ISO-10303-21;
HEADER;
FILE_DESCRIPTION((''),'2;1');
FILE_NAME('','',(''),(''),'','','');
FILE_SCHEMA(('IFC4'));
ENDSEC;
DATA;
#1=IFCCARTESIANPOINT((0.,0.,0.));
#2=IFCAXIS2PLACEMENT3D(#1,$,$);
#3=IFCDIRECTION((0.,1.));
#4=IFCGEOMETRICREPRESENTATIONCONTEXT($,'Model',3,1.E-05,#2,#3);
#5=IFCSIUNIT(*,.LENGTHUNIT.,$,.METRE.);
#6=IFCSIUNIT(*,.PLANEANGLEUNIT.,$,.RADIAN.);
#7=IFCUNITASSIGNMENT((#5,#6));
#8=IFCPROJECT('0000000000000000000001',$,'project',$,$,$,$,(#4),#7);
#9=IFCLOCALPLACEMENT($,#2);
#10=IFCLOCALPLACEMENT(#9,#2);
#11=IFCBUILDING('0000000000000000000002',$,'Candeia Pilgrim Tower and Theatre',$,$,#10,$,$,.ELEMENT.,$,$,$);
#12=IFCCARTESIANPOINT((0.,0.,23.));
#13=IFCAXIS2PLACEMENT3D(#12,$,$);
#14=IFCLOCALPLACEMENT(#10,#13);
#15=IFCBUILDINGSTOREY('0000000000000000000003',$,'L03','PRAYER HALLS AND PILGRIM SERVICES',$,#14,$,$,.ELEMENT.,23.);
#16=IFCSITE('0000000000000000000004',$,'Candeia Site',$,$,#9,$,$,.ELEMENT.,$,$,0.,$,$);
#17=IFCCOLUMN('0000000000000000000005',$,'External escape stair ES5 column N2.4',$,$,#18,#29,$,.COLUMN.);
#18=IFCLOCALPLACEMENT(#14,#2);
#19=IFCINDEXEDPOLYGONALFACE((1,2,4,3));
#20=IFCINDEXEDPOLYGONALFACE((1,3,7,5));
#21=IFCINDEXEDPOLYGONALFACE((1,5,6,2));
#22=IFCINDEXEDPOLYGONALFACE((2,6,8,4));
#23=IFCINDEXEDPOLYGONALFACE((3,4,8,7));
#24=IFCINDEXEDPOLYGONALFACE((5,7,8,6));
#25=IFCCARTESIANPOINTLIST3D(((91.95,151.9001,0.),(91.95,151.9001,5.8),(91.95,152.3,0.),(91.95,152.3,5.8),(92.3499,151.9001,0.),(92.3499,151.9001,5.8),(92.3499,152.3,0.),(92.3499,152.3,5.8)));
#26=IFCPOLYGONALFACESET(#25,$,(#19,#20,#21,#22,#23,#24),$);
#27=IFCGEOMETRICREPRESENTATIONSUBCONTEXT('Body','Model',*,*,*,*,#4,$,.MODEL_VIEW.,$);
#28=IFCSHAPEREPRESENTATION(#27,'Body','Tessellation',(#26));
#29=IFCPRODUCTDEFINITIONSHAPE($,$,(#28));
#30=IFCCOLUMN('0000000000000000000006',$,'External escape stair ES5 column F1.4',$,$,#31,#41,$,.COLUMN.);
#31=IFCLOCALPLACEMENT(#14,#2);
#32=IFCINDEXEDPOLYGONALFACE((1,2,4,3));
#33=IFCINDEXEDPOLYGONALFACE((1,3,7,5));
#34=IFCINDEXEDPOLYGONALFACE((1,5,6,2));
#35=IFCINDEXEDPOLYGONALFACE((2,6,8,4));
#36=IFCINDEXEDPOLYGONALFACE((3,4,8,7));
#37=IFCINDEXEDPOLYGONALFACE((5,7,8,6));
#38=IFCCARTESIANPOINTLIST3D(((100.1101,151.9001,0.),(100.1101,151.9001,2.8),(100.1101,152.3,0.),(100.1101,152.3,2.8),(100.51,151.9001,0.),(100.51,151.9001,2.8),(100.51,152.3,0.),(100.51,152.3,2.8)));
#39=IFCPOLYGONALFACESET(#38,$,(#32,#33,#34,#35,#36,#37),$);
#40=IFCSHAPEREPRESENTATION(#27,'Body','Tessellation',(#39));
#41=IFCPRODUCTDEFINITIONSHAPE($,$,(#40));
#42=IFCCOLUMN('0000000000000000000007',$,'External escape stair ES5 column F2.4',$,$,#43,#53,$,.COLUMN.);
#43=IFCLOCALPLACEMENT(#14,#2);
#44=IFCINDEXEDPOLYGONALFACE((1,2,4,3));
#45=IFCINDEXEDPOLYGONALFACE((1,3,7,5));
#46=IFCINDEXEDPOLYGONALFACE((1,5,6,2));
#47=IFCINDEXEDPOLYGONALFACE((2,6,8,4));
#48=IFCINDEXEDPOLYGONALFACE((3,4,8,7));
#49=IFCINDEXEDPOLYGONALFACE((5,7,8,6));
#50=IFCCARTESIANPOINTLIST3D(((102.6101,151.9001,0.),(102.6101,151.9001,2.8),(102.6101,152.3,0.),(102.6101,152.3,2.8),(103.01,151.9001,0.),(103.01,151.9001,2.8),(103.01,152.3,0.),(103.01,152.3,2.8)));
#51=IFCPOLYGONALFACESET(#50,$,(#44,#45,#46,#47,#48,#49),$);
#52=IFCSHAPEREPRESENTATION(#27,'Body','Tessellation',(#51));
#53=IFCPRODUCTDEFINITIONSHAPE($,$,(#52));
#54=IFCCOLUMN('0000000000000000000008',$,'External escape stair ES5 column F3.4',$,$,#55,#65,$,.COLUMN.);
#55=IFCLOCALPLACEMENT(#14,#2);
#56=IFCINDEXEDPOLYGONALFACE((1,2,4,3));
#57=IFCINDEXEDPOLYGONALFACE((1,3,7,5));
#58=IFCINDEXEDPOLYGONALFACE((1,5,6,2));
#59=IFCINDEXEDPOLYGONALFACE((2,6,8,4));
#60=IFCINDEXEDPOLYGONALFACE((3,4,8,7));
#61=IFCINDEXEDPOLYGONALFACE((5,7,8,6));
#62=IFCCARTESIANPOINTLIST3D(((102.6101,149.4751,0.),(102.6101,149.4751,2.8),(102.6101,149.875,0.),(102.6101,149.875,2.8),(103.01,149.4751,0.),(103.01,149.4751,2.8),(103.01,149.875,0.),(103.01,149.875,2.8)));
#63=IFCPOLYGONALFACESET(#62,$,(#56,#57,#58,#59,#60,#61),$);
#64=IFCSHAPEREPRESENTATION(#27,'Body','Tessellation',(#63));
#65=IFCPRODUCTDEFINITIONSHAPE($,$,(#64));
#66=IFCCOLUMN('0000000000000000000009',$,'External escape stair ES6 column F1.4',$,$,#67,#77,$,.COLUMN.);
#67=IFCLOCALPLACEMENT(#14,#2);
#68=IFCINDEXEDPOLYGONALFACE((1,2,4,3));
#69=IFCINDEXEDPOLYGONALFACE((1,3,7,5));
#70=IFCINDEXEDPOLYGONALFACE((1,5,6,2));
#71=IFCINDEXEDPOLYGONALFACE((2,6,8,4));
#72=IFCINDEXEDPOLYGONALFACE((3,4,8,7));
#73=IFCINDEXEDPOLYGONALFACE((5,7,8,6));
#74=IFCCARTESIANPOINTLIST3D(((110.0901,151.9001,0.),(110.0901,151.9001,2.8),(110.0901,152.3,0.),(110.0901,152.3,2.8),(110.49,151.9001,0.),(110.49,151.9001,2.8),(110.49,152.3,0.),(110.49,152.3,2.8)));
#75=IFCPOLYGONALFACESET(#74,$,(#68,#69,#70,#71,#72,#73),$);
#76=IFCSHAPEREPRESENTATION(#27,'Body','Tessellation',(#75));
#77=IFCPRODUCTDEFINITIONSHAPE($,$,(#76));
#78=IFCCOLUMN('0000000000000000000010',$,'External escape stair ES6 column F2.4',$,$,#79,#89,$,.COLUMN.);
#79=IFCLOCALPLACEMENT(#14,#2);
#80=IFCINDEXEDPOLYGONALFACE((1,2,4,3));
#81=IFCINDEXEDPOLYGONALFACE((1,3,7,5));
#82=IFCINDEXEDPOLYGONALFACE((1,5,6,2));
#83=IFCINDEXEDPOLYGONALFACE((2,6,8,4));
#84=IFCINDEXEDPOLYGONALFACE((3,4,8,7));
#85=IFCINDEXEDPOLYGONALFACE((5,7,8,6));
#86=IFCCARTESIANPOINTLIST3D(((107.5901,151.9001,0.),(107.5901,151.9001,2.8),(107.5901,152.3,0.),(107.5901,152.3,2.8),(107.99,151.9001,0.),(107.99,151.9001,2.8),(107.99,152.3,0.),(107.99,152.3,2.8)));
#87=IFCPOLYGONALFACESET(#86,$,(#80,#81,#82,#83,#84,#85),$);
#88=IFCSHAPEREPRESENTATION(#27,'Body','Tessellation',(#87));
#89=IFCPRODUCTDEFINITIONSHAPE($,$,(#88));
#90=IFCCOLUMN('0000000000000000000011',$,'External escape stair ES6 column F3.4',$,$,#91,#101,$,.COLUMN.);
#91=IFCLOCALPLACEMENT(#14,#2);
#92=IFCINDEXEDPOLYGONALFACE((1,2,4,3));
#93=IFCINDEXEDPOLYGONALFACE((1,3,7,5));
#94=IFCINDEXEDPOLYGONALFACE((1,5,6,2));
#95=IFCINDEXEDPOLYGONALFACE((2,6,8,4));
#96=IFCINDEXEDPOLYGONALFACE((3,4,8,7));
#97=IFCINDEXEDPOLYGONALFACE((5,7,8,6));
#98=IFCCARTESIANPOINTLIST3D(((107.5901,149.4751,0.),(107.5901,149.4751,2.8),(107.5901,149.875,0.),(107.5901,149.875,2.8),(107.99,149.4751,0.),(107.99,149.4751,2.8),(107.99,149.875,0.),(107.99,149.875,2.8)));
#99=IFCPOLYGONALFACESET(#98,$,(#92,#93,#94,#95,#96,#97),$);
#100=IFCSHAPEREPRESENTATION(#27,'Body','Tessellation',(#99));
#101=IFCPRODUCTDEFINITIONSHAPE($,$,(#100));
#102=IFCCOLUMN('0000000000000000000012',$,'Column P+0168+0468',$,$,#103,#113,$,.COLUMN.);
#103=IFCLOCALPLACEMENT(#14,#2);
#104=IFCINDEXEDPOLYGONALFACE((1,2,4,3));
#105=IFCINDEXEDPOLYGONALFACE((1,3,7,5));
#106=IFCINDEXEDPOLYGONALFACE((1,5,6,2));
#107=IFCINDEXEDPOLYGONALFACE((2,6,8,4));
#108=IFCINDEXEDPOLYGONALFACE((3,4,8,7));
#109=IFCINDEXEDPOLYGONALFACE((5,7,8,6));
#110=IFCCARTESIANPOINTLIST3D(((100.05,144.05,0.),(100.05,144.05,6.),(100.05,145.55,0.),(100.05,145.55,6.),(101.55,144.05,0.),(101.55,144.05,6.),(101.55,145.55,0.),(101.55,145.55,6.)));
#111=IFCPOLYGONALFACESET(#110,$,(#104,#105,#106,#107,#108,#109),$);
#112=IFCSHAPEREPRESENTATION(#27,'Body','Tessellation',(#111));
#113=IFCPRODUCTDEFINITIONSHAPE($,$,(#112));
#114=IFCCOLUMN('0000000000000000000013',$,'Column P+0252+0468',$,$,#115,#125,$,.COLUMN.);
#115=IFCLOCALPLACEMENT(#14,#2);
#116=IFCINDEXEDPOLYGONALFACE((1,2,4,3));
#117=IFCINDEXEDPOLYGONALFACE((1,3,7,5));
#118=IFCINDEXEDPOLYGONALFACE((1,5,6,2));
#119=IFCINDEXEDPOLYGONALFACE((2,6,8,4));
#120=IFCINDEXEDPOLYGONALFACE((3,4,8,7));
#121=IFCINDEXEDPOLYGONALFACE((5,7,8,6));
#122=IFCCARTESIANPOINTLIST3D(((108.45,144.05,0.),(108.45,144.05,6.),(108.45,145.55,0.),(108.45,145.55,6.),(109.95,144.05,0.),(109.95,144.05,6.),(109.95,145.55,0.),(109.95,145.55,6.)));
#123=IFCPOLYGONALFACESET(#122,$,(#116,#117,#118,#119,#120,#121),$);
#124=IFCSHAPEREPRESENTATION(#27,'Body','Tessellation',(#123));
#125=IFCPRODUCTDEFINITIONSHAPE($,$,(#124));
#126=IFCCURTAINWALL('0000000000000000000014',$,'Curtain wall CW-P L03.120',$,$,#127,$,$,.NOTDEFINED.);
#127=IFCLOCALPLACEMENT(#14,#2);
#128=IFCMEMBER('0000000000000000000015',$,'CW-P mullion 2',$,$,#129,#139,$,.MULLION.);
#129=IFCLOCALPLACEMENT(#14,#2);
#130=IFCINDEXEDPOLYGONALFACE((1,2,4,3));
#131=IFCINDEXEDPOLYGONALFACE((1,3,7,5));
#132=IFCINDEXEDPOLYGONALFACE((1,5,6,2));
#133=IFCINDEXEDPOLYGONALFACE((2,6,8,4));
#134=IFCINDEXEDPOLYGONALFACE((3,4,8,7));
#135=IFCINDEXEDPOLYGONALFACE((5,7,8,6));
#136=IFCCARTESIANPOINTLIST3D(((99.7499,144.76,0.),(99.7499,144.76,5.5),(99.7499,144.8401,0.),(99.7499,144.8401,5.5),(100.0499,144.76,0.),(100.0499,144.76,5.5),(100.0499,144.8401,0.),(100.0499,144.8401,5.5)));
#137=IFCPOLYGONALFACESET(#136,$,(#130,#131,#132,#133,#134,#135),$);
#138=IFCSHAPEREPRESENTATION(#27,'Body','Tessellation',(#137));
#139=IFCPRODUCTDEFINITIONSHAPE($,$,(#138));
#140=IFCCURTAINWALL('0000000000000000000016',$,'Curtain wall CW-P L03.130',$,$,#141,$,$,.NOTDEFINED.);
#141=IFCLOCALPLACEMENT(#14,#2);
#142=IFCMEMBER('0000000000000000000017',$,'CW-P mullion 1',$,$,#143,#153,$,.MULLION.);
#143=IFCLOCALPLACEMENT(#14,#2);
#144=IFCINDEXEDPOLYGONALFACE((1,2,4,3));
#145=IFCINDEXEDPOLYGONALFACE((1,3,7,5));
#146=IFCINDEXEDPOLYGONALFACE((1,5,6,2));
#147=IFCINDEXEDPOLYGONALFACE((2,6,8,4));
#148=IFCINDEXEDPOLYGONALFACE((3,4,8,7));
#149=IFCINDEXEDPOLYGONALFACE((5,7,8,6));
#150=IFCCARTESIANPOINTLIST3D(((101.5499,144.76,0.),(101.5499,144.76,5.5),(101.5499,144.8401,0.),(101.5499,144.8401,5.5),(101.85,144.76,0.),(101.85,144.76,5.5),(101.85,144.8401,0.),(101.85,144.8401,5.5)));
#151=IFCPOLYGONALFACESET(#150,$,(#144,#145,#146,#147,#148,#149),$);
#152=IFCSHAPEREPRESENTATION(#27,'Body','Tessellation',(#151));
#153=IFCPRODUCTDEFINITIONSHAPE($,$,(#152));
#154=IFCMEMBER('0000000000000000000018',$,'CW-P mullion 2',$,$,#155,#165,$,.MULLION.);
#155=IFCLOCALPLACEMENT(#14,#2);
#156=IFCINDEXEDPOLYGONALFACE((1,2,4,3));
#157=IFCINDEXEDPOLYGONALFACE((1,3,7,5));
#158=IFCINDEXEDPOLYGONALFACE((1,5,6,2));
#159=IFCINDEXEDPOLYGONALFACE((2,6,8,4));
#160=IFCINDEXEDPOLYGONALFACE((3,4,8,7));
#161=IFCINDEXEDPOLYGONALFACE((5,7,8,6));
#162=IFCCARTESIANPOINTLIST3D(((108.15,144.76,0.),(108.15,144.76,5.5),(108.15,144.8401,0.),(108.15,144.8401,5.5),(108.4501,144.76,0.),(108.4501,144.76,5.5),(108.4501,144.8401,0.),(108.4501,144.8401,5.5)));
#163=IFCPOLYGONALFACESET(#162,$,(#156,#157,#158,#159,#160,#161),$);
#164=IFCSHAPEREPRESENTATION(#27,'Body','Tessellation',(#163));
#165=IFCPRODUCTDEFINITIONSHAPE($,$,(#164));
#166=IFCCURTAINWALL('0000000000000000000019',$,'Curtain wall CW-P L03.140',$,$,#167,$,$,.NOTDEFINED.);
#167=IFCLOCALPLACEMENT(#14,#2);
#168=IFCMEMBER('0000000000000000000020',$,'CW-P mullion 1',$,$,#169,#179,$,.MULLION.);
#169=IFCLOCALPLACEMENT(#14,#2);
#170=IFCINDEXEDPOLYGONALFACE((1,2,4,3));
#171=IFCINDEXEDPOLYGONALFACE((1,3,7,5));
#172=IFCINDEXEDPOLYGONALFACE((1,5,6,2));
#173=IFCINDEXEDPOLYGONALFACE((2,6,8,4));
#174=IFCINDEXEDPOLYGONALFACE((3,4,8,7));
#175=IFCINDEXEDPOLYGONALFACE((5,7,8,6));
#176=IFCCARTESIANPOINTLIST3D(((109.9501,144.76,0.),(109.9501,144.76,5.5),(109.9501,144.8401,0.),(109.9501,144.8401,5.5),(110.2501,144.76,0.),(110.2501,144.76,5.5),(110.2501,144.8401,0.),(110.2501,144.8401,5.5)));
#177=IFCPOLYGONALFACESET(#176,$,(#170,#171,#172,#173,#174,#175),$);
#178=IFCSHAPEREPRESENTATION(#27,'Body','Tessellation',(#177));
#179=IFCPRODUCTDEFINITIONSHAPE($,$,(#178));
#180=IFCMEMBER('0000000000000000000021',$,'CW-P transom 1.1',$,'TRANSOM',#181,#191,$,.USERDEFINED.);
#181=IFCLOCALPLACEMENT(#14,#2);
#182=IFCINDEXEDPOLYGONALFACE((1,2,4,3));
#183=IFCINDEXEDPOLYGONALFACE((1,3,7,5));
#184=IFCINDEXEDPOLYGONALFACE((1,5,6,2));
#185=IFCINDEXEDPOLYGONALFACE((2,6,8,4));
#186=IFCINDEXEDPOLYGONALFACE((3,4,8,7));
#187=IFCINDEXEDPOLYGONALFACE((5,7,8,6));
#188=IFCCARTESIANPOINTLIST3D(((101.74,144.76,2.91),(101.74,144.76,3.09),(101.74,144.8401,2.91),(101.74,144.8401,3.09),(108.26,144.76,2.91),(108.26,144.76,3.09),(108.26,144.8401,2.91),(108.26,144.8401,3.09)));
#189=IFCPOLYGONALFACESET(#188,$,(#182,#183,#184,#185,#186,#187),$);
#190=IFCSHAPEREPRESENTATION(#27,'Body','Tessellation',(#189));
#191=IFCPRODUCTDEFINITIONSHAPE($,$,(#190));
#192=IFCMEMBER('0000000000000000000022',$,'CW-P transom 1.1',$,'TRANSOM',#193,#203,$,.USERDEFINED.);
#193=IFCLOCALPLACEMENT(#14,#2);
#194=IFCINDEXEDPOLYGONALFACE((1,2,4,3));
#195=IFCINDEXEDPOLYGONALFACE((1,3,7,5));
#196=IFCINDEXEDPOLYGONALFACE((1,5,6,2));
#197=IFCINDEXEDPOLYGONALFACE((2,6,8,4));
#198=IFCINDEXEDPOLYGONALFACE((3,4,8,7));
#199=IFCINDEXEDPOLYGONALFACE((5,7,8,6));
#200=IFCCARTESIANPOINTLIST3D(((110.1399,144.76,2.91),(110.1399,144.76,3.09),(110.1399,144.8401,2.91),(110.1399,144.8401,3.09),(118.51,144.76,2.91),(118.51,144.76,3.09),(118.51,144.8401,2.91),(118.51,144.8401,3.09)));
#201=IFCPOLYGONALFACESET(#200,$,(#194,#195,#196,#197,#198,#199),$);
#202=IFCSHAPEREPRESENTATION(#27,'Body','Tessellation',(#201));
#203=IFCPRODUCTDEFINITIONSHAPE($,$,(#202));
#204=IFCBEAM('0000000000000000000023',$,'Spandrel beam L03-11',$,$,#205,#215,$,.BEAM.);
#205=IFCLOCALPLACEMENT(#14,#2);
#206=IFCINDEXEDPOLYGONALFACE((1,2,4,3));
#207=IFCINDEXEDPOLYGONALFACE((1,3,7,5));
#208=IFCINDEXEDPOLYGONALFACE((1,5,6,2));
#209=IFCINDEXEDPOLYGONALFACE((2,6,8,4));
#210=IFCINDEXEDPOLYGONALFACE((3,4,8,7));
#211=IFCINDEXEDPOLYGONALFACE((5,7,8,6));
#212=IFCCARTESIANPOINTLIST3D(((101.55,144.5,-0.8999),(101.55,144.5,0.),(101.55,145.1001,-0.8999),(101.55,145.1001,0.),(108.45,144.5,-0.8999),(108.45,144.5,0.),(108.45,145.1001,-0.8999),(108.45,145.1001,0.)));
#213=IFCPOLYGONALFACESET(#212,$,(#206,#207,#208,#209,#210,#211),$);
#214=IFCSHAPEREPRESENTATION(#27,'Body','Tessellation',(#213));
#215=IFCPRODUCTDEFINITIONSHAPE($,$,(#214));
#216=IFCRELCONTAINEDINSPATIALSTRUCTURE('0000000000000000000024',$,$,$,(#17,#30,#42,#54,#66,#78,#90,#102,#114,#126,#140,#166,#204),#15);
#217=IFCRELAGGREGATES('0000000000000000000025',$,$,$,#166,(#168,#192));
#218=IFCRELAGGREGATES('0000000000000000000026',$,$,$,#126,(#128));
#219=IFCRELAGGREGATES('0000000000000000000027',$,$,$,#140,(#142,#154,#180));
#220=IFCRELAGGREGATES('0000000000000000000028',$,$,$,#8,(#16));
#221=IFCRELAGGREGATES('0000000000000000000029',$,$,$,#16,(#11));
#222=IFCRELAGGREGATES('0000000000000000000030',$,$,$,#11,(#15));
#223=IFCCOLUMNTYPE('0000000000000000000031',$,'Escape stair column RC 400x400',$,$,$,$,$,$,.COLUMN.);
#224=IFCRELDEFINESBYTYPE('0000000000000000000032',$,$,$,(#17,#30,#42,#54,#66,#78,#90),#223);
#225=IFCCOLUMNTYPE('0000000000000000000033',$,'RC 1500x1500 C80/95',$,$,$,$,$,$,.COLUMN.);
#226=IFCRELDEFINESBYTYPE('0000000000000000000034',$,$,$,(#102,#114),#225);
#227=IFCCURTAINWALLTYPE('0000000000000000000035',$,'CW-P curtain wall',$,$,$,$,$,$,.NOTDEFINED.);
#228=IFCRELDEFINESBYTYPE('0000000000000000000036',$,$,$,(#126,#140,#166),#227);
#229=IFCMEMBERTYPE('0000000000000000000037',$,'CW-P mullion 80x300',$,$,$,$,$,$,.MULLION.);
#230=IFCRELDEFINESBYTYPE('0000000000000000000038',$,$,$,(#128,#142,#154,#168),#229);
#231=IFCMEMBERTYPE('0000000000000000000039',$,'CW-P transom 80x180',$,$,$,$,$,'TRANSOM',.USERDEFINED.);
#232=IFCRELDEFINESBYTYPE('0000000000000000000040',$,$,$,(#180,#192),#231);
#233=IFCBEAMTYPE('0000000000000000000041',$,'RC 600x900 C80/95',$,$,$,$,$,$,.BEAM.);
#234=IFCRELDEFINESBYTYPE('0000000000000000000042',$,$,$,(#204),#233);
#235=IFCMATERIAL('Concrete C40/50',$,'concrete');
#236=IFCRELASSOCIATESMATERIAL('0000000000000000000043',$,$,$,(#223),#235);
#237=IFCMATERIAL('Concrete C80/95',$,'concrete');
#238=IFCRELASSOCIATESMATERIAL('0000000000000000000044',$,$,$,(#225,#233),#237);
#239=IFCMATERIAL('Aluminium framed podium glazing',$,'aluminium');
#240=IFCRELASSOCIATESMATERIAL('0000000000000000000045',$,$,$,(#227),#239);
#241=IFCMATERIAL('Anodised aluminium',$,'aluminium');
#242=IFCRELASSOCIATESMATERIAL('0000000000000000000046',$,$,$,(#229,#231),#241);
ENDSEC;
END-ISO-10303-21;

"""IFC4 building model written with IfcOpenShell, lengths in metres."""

from ifc_helpers import new_model, si_unit, direction, frame, origin, origin_2d, place, context, subcontext, project, spatial, rectangle, extrude, material, material_profile, profile_set, type_object, element, aggregate, save


model = new_model("IFC4")

# Units and contexts
model_context = context("Model", 3, precision=1e-05, world=origin(), true_north=direction((0.0, 1.0)))
body_context = subcontext(model_context, "Body", "Model", "MODEL_VIEW")
ifc_project = project(units=[si_unit("LENGTHUNIT", "METRE"), si_unit("PLANEANGLEUNIT", "RADIAN")], contexts=[model_context])

# Site, building, storey
site_placement = place(None, origin())
site = spatial("IfcSite", under=ifc_project, at=site_placement, Name="Candeia Site", CompositionType="ELEMENT", RefElevation=0.0)
building_placement = place(site_placement, origin())
building = spatial("IfcBuilding", under=site, at=building_placement, Name="Candeia Pilgrim Tower and Theatre", CompositionType="ELEMENT")
storey_placement = place(building_placement, frame((0.0, 0.0, 23.0)))
storey = spatial("IfcBuildingStorey", under=building, at=storey_placement, Name="L03", Description="PRAYER HALLS AND PILGRIM SERVICES", CompositionType="ELEMENT", Elevation=23.0)

# Columns
ifc_material_1 = material(Name="Concrete C40/50", Category="concrete")
ifc_material_profile_1 = material_profile(ifc_material_1, rectangle(XDim=0.3999, YDim=0.3999, at=origin_2d()))
ifc_profile_set_1 = profile_set([ifc_material_profile_1], Name="Concrete C40/50")
column_type_1 = type_object("IfcColumnType", Name="Escape stair column RC 400x400", PredefinedType="COLUMN", material=ifc_profile_set_1)
column_placement = place(storey_placement, frame((92.1499, 152.1001, 0.0), z_axis=(0.0, 0.0, 1.0), x_axis=(1.0, 0.0, 0.0)))
element("IfcColumn", 1, at=column_placement, inside=storey, type_object=column_type_1, Name="External escape stair ES5 column N2.4", PredefinedType="COLUMN", context=body_context, shape_type="SweptSolid", body=[
    extrude(rectangle(XDim=0.3999, YDim=0.3999, at=origin_2d()), origin(), (0.0, 0.0, 1.0), 5.8),
])
for number, where, z_axis, x_axis, name in (
    (2, (100.3101, 152.1001, 0.0), (0.0, 0.0, 1.0), (1.0, 0.0, 0.0), "External escape stair ES5 column F1.4"),
    (3, (102.8101, 152.1001, 0.0), (0.0, 0.0, 1.0), (1.0, 0.0, 0.0), "External escape stair ES5 column F2.4"),
    (4, (102.8101, 149.675, 0.0), (0.0, 0.0, 1.0), (1.0, 0.0, 0.0), "External escape stair ES5 column F3.4"),
    (5, (110.29, 152.1001, 0.0), (0.0, 0.0, 1.0), (1.0, 0.0, 0.0), "External escape stair ES6 column F1.4"),
    (6, (107.79, 152.1001, 0.0), (0.0, 0.0, 1.0), (1.0, 0.0, 0.0), "External escape stair ES6 column F2.4"),
    (7, (107.79, 149.675, 0.0), (0.0, 0.0, 1.0), (1.0, 0.0, 0.0), "External escape stair ES6 column F3.4"),
):
    element("IfcColumn", number, at=place(storey_placement, frame(where, z_axis=z_axis, x_axis=x_axis)), inside=storey, type_object=column_type_1, Name=name, PredefinedType="COLUMN", context=body_context, shape_type="SweptSolid", body=[
        extrude(rectangle(XDim=0.3999, YDim=0.3999, at=origin_2d()), origin(), (0.0, 0.0, 1.0), 2.8),
    ])
ifc_material_2 = material(Name="Concrete C80/95", Category="concrete")
ifc_material_profile_2 = material_profile(ifc_material_2, rectangle(XDim=1.5, YDim=1.5, at=origin_2d()))
ifc_profile_set_2 = profile_set([ifc_material_profile_2], Name="Concrete C80/95")
column_type_2 = type_object("IfcColumnType", Name="RC 1500x1500 C80/95", PredefinedType="COLUMN", material=ifc_profile_set_2)
for number, where, z_axis, x_axis, name in (
    (8, (100.8, 144.8, 0.0), (0.0, 0.0, 1.0), (1.0, 0.0, 0.0), "Column P+0168+0468"),
    (9, (109.2, 144.8, 0.0), (0.0, 0.0, 1.0), (1.0, 0.0, 0.0), "Column P+0252+0468"),
):
    element("IfcColumn", number, at=place(storey_placement, frame(where, z_axis=z_axis, x_axis=x_axis)), inside=storey, type_object=column_type_2, Name=name, PredefinedType="COLUMN", context=body_context, shape_type="SweptSolid", body=[
        extrude(rectangle(XDim=1.5, YDim=1.5, at=origin_2d()), origin(), (0.0, 0.0, 1.0), 6.0),
    ])

# Curtain wall, member
ifc_material_3 = material(Name="Aluminium framed podium glazing", Category="aluminium")
curtain_wall_type = type_object("IfcCurtainWallType", Name="CW-P curtain wall", PredefinedType="NOTDEFINED", material=ifc_material_3)
curtain_wall_1_placement = place(storey_placement, origin())
curtain_wall_1 = element("IfcCurtainWall", 10, at=curtain_wall_1_placement, inside=storey, type_object=curtain_wall_type, Name="Curtain wall CW-P L03.120", PredefinedType="NOTDEFINED")
ifc_material_4 = material(Name="Anodised aluminium", Category="aluminium")
ifc_material_profile_3 = material_profile(ifc_material_4, rectangle(XDim=0.0801, YDim=0.3, at=origin_2d()))
ifc_profile_set_3 = profile_set([ifc_material_profile_3], Name="Anodised aluminium")
member_type_1 = type_object("IfcMemberType", Name="CW-P mullion 80x300", PredefinedType="MULLION", material=ifc_profile_set_3)
member_1_placement = place(storey_placement, frame((99.8999, 144.8, 0.0), z_axis=(0.0, 0.0, 1.0), x_axis=(0.0, 1.0, 0.0)))
member_1 = element("IfcMember", 11, at=member_1_placement, type_object=member_type_1, Name="CW-P mullion 2", PredefinedType="MULLION", context=body_context, shape_type="SweptSolid", body=[
    extrude(rectangle(XDim=0.0801, YDim=0.3, at=origin_2d()), origin(), (0.0, 0.0, 1.0), 5.5),
])

# Curtain wall, members
curtain_wall_2_placement = place(storey_placement, origin())
curtain_wall_2 = element("IfcCurtainWall", 12, at=curtain_wall_2_placement, inside=storey, type_object=curtain_wall_type, Name="Curtain wall CW-P L03.130", PredefinedType="NOTDEFINED")
member_2_placement = place(storey_placement, frame((101.7, 144.8, 0.0), z_axis=(0.0, 0.0, 1.0), x_axis=(0.0, 1.0, 0.0)))
member_2 = element("IfcMember", 13, at=member_2_placement, type_object=member_type_1, Name="CW-P mullion 1", PredefinedType="MULLION", context=body_context, shape_type="SweptSolid", body=[
    extrude(rectangle(XDim=0.0801, YDim=0.3, at=origin_2d()), origin(), (0.0, 0.0, 1.0), 5.5),
])
member_3_placement = place(storey_placement, frame((108.3, 144.8, 0.0), z_axis=(0.0, 0.0, 1.0), x_axis=(0.0, 1.0, 0.0)))
member_3 = element("IfcMember", 14, at=member_3_placement, type_object=member_type_1, Name="CW-P mullion 2", PredefinedType="MULLION", context=body_context, shape_type="SweptSolid", body=[
    extrude(rectangle(XDim=0.0801, YDim=0.3, at=origin_2d()), origin(), (0.0, 0.0, 1.0), 5.5),
])

# Curtain wall, member
curtain_wall_3_placement = place(storey_placement, origin())
curtain_wall_3 = element("IfcCurtainWall", 15, at=curtain_wall_3_placement, inside=storey, type_object=curtain_wall_type, Name="Curtain wall CW-P L03.140", PredefinedType="NOTDEFINED")
member_4_placement = place(storey_placement, frame((110.1001, 144.8, 0.0), z_axis=(0.0, 0.0, 1.0), x_axis=(0.0, 1.0, 0.0)))
member_4 = element("IfcMember", 16, at=member_4_placement, type_object=member_type_1, Name="CW-P mullion 1", PredefinedType="MULLION", context=body_context, shape_type="SweptSolid", body=[
    extrude(rectangle(XDim=0.0801, YDim=0.3, at=origin_2d()), origin(), (0.0, 0.0, 1.0), 5.5),
])

# Members
ifc_material_profile_4 = material_profile(ifc_material_4, rectangle(XDim=0.0801, YDim=0.1799, at=origin_2d()))
ifc_profile_set_4 = profile_set([ifc_material_profile_4], Name="Anodised aluminium")
member_type_2 = type_object("IfcMemberType", Name="CW-P transom 80x180", ElementType="TRANSOM", PredefinedType="USERDEFINED", material=ifc_profile_set_4)
member_5_placement = place(storey_placement, frame((101.74, 144.8, 3.0), z_axis=(1.0, 0.0, 0.0), x_axis=(0.0, 1.0, 0.0)))
member_5 = element("IfcMember", 17, at=member_5_placement, type_object=member_type_2, Name="CW-P transom 1.1", ObjectType="TRANSOM", PredefinedType="USERDEFINED", context=body_context, shape_type="SweptSolid", body=[
    extrude(rectangle(XDim=0.0801, YDim=0.1799, at=origin_2d()), origin(), (0.0, 0.0, 1.0), 6.52),
])
member_6_placement = place(storey_placement, frame((110.1399, 144.8, 3.0), z_axis=(1.0, 0.0, 0.0), x_axis=(0.0, 1.0, 0.0)))
member_6 = element("IfcMember", 18, at=member_6_placement, type_object=member_type_2, Name="CW-P transom 1.1", ObjectType="TRANSOM", PredefinedType="USERDEFINED", context=body_context, shape_type="SweptSolid", body=[
    extrude(rectangle(XDim=0.0801, YDim=0.1799, at=origin_2d()), origin(), (0.0, 0.0, 1.0), 8.3701),
])
aggregate(curtain_wall_3, [member_4, member_6])

# Beam
ifc_material_profile_5 = material_profile(ifc_material_2, rectangle(XDim=0.6001, YDim=0.8999, at=origin_2d()))
ifc_profile_set_5 = profile_set([ifc_material_profile_5], Name="Concrete C80/95")
beam_type = type_object("IfcBeamType", Name="RC 600x900 C80/95", PredefinedType="BEAM", material=ifc_profile_set_5)
beam_1_placement = place(storey_placement, frame((108.45, 144.8, -0.45), z_axis=(-1.0, 0.0, 0.0), x_axis=(0.0, -1.0, 0.0)))
element("IfcBeam", 19, at=beam_1_placement, inside=storey, type_object=beam_type, Name="Spandrel beam L03-11", PredefinedType="BEAM", context=body_context, shape_type="SweptSolid", body=[
    extrude(rectangle(XDim=0.6001, YDim=0.8999, at=origin_2d()), origin(), (0.0, 0.0, 1.0), 6.8999),
])

aggregate(curtain_wall_1, [member_1])
aggregate(curtain_wall_2, [member_2, member_3, member_5])

save(model, "model.ifc")
